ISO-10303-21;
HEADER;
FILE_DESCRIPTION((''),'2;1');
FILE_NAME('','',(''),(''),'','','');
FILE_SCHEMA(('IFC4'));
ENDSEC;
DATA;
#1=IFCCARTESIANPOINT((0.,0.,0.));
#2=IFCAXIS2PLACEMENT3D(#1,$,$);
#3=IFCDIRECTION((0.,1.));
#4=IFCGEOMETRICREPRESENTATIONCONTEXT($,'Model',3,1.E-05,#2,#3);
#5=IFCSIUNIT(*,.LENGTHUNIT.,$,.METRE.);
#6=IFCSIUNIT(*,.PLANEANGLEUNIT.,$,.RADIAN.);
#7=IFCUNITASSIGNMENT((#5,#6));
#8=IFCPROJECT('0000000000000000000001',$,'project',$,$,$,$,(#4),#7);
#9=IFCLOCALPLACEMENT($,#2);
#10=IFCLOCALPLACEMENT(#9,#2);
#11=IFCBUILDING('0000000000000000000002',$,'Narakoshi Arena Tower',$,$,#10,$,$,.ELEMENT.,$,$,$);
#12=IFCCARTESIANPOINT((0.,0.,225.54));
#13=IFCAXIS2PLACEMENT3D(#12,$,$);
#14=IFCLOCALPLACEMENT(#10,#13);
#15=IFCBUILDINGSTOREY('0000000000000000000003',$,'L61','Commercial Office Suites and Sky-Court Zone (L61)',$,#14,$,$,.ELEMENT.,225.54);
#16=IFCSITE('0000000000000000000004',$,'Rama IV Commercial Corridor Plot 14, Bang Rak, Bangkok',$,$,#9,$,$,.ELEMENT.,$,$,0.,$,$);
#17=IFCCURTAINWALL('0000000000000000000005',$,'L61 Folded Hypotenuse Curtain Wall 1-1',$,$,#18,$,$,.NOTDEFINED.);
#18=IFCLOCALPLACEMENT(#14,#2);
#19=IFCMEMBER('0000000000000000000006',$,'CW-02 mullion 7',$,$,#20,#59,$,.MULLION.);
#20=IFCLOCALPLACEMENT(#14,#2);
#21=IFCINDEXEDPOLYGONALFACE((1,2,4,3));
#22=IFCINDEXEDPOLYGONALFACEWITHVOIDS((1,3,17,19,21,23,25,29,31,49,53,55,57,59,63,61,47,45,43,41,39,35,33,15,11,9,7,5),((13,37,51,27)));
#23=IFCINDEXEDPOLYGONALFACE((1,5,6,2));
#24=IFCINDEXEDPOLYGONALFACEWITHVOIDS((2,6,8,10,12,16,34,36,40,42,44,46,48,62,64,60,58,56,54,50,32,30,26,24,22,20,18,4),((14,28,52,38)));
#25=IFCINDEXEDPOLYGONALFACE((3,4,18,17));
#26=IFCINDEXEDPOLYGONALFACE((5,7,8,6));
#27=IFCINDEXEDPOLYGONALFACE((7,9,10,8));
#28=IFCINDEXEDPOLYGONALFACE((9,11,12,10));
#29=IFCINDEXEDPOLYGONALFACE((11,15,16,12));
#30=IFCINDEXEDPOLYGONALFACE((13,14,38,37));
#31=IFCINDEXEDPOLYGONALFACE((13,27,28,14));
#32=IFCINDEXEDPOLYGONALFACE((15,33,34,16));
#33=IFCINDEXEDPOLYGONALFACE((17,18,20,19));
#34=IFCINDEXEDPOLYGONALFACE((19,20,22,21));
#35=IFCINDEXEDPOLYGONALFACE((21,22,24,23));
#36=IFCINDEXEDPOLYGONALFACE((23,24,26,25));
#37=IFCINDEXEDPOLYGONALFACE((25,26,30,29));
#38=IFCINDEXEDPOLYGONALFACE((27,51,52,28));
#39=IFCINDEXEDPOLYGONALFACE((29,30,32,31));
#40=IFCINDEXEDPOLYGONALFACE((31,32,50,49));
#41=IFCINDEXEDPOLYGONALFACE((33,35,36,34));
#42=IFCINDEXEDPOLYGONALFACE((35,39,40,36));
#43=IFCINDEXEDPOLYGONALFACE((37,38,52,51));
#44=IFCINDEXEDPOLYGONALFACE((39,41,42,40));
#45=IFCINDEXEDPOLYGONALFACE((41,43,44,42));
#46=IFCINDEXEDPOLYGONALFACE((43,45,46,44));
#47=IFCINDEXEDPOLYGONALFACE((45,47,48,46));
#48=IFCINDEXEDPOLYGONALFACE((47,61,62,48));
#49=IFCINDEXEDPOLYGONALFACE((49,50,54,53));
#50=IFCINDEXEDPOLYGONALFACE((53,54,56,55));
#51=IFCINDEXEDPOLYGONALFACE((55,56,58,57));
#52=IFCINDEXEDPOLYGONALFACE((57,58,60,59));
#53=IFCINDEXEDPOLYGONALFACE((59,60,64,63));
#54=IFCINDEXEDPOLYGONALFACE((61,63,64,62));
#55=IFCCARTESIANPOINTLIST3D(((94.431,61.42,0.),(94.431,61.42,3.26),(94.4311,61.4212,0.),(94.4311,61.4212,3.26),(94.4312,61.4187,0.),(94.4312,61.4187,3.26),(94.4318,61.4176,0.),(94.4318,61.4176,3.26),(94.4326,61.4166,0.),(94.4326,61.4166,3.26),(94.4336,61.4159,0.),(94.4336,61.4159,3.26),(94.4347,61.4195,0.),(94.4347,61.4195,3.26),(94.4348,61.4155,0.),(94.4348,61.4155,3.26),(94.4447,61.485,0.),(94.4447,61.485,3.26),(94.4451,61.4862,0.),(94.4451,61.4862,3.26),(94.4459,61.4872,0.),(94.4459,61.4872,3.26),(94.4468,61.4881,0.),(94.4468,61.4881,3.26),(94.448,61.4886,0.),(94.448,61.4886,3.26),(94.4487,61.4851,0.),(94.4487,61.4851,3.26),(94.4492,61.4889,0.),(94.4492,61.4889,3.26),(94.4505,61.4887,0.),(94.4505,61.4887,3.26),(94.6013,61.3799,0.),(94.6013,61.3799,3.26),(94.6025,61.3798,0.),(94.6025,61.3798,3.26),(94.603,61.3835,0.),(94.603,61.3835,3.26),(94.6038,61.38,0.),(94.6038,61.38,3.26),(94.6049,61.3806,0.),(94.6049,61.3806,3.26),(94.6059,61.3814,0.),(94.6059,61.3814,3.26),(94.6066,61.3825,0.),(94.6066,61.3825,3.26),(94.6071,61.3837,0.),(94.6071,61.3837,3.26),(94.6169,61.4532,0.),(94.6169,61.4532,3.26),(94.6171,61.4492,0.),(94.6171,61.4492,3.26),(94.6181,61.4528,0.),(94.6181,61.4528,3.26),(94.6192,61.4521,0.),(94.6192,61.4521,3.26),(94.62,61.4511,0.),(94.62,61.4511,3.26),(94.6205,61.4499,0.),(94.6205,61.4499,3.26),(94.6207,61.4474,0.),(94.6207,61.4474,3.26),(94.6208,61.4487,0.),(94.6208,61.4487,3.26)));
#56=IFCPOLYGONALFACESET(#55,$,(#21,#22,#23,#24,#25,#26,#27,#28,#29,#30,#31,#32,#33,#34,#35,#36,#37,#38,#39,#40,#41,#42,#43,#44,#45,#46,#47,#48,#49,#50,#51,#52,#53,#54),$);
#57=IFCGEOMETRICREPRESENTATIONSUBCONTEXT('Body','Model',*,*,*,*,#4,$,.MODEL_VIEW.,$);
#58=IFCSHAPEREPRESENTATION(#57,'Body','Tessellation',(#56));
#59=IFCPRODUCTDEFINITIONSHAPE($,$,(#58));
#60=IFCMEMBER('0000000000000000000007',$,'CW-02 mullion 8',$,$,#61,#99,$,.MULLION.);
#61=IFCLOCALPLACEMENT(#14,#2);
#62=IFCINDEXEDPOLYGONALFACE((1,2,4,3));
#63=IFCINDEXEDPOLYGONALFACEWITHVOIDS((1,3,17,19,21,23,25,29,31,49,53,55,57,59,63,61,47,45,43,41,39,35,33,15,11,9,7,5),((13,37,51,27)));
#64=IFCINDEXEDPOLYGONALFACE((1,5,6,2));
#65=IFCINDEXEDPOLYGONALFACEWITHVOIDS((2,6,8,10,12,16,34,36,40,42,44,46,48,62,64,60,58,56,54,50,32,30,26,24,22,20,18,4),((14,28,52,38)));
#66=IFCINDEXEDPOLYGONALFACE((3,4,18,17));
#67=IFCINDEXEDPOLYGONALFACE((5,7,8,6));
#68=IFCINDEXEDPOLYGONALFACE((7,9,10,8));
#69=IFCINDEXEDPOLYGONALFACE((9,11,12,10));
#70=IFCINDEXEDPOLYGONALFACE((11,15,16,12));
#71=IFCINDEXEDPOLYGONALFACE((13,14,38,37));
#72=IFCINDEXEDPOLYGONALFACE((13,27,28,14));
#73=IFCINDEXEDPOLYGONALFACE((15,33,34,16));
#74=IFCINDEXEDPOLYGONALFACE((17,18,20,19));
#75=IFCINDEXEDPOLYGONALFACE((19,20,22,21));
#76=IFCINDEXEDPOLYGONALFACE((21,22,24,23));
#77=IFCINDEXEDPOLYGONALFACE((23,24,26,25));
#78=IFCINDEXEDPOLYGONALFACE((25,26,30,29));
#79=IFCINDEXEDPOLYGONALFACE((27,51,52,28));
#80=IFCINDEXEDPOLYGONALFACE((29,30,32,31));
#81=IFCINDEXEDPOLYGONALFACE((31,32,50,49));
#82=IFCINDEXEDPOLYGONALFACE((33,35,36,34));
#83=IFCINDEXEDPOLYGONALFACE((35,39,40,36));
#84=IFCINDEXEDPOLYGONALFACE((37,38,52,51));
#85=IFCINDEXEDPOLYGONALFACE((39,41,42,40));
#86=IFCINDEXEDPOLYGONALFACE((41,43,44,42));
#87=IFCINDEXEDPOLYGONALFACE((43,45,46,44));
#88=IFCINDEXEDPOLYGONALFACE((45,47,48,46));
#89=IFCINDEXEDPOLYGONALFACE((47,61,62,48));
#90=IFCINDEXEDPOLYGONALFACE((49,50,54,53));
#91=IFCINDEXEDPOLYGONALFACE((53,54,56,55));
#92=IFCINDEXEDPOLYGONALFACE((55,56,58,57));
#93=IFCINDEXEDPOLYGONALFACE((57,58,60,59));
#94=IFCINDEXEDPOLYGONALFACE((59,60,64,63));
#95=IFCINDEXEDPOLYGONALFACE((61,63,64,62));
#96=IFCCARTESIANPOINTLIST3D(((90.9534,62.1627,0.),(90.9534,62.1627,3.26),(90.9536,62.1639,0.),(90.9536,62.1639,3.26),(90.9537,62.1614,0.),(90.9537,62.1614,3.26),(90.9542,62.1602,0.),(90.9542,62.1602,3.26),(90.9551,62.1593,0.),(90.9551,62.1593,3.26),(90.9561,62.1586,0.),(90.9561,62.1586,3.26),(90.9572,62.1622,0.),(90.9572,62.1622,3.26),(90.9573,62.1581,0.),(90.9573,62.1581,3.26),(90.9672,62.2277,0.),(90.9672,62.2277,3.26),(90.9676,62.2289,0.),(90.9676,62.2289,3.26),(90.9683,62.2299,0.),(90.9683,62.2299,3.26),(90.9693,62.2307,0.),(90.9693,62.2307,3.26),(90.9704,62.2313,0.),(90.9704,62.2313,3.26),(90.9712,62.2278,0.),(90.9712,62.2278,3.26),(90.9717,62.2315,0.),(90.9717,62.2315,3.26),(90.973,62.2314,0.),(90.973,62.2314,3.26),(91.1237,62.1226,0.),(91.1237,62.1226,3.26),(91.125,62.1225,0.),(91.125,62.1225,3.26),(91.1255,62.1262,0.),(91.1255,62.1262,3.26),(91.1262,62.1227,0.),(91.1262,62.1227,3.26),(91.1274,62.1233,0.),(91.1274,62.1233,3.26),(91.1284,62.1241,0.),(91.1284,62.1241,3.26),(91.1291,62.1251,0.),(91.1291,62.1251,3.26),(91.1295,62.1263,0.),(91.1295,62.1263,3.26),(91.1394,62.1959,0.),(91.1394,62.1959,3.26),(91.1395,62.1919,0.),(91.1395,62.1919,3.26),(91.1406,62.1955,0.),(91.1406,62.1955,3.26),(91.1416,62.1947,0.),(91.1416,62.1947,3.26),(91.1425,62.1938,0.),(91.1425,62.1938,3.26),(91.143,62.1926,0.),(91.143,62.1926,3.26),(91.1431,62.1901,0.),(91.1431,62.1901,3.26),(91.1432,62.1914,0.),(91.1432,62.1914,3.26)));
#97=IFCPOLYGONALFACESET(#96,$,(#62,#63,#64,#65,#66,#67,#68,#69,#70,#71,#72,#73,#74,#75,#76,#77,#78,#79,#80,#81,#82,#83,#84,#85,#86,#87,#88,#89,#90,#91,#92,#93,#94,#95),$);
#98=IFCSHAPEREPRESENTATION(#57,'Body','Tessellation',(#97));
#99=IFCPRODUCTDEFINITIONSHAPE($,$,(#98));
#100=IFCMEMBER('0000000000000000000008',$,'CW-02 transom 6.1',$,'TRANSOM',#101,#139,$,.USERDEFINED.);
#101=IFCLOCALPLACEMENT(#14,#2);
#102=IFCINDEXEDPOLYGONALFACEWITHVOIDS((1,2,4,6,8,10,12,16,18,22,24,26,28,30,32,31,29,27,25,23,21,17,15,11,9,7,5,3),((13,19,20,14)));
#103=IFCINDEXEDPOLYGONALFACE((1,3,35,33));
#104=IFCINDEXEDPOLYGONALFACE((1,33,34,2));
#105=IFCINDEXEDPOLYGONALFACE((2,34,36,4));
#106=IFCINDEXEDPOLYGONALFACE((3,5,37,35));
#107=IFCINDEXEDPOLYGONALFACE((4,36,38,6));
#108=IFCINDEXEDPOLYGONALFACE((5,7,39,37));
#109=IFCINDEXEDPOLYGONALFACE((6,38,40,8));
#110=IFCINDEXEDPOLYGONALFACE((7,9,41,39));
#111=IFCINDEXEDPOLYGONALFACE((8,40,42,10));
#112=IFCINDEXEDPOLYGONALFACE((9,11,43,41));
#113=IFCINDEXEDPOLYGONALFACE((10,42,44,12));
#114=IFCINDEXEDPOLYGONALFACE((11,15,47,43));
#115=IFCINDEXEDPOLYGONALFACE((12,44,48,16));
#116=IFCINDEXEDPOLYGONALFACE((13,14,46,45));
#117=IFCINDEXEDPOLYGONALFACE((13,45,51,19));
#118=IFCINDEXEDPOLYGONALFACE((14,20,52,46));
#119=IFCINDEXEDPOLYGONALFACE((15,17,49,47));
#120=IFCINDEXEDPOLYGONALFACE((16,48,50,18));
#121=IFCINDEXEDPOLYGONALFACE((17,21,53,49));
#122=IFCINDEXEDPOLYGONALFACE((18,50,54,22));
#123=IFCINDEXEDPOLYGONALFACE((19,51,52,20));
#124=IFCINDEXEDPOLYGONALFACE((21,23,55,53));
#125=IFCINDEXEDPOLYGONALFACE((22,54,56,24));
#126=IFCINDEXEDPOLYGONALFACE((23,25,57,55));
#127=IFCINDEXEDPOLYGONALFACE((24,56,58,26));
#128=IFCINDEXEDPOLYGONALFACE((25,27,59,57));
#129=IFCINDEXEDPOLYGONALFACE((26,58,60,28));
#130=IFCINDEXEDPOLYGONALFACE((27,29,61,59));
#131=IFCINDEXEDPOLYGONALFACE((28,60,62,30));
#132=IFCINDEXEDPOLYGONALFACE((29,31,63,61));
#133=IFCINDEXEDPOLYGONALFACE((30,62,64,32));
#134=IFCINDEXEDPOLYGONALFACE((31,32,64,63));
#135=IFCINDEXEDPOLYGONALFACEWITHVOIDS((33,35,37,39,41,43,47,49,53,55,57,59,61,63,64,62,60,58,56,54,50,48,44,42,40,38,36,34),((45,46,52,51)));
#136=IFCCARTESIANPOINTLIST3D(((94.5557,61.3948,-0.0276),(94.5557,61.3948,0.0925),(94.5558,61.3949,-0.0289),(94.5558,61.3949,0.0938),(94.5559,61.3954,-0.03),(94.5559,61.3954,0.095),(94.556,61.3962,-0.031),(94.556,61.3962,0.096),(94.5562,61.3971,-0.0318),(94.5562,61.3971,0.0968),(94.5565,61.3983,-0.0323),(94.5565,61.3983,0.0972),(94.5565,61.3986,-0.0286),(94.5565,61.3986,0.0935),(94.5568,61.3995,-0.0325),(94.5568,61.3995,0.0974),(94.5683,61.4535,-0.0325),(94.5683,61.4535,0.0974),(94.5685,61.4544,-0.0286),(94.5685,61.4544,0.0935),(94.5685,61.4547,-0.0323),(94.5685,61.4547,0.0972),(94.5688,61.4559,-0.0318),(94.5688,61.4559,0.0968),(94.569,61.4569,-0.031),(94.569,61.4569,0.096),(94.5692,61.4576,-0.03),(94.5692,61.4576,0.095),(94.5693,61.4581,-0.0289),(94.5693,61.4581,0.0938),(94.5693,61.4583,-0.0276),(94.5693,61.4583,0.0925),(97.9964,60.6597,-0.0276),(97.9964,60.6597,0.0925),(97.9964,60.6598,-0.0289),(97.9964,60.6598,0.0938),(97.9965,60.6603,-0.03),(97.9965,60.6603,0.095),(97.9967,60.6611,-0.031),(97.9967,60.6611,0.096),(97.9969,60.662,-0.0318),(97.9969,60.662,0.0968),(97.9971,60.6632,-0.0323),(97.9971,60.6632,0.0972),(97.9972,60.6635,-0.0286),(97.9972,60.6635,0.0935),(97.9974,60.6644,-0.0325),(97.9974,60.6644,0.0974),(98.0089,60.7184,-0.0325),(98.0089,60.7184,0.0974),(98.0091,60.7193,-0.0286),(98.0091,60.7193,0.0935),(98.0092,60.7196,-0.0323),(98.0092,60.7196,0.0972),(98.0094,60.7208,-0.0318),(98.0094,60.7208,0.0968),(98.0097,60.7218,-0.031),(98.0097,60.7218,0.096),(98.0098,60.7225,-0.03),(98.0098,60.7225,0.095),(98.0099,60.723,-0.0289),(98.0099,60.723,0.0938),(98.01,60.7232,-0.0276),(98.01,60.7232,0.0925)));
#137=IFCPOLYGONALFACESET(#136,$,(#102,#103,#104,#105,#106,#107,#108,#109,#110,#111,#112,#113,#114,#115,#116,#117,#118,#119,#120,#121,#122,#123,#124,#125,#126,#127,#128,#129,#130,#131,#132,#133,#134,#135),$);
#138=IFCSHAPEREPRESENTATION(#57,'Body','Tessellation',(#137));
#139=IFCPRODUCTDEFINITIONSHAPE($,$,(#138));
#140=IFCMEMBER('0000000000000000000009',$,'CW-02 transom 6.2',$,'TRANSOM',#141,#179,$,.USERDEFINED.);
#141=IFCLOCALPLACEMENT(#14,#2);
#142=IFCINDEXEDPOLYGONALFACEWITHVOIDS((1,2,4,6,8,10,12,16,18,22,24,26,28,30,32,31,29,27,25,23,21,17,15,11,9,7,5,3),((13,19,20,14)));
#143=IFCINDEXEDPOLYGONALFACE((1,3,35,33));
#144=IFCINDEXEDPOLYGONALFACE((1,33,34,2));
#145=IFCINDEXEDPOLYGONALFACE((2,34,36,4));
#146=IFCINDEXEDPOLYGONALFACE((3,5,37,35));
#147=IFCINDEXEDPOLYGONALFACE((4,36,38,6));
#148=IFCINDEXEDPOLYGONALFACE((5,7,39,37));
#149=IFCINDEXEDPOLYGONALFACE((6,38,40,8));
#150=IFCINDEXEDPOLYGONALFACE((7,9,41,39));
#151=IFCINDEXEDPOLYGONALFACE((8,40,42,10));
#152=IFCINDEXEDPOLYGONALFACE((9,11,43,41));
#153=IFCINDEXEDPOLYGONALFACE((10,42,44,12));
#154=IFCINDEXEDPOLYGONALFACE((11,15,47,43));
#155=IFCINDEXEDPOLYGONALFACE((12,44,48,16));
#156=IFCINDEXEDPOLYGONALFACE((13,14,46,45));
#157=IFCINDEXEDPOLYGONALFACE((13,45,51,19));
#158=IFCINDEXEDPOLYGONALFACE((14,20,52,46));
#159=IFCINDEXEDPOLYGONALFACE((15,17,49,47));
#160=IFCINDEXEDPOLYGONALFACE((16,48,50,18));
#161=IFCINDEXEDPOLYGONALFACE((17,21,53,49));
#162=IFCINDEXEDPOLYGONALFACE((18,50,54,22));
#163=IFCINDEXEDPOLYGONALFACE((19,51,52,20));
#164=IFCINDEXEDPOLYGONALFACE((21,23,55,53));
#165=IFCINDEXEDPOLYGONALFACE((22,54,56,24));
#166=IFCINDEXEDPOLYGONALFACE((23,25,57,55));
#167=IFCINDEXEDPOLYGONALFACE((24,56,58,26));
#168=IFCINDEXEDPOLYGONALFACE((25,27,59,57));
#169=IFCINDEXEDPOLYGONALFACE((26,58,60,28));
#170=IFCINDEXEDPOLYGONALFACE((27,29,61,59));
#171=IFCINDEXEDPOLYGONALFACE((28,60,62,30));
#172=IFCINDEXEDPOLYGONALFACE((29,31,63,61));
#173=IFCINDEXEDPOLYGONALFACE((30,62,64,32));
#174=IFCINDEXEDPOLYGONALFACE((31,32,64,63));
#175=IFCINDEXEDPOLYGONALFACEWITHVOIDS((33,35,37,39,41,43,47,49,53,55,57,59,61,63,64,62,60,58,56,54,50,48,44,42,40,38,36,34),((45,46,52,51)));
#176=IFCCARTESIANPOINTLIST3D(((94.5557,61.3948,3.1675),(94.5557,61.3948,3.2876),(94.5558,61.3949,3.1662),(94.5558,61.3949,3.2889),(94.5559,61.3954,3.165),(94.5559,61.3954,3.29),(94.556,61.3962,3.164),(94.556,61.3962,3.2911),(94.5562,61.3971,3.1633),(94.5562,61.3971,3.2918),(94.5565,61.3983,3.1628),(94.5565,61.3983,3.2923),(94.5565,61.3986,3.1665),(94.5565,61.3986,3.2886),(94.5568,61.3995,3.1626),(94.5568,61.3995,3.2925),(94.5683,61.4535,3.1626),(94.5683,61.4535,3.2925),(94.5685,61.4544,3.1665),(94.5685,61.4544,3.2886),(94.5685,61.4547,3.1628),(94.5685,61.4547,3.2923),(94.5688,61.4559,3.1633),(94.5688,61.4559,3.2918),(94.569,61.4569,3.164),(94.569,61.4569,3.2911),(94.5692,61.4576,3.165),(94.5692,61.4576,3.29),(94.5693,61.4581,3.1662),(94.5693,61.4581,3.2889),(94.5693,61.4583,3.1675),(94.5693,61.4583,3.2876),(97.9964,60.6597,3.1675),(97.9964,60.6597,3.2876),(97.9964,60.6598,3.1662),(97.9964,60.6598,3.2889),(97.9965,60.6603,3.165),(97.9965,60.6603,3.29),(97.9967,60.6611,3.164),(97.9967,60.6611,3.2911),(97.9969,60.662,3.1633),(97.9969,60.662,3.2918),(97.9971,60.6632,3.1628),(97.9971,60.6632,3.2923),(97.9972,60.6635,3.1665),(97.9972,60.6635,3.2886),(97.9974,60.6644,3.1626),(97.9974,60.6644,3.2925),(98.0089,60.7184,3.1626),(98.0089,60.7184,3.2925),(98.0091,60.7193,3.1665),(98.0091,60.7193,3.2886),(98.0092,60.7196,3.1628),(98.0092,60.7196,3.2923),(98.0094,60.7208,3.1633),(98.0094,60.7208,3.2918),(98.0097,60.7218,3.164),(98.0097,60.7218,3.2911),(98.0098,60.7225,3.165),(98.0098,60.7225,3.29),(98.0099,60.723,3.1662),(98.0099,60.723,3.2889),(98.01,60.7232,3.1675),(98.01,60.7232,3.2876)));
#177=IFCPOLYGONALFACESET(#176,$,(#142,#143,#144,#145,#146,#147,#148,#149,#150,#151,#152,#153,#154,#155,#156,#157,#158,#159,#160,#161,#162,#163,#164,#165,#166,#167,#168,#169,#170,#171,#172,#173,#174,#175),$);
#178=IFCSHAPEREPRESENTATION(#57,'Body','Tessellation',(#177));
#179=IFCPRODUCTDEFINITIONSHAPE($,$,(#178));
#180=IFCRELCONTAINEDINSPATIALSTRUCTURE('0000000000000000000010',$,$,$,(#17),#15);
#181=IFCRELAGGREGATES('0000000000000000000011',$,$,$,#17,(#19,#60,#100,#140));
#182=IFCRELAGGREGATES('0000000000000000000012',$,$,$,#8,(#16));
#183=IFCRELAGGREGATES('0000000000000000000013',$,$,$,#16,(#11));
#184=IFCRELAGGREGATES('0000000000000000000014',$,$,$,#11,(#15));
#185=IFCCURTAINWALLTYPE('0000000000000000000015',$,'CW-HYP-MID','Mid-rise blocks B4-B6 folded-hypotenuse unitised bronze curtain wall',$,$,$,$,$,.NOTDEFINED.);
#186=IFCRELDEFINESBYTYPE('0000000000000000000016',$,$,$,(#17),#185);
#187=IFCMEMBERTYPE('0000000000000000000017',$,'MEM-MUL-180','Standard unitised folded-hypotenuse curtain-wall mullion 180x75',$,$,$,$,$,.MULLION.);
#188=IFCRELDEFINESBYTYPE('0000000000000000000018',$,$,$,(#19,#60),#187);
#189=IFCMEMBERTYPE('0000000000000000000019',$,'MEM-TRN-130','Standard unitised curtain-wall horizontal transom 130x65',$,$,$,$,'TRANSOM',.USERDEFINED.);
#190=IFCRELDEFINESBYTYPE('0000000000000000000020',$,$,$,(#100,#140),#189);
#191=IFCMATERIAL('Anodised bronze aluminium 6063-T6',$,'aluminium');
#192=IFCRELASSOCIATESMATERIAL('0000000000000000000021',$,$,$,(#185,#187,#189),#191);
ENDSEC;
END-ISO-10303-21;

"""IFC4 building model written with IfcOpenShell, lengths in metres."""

from ifc_helpers import new_model, si_unit, direction, frame, origin, origin_2d, place, context, subcontext, project, spatial, hollow_rectangle, extrude, material, material_profile, profile_set, type_object, element, aggregate, save


model = new_model("IFC4")

# Units and contexts
model_context = context("Model", 3, precision=1e-05, world=origin(), true_north=direction((0.0, 1.0)))
body_context = subcontext(model_context, "Body", "Model", "MODEL_VIEW")
ifc_project = project(units=[si_unit("LENGTHUNIT", "METRE"), si_unit("PLANEANGLEUNIT", "RADIAN")], contexts=[model_context])

# Site, building, storey
site_placement = place(None, origin())
site = spatial("IfcSite", under=ifc_project, at=site_placement, Name="Rama IV Commercial Corridor Plot 14, Bang Rak, Bangkok", CompositionType="ELEMENT", RefElevation=0.0)
building_placement = place(site_placement, origin())
building = spatial("IfcBuilding", under=site, at=building_placement, Name="Narakoshi Arena Tower", CompositionType="ELEMENT")
storey_placement = place(building_placement, frame((0.0, 0.0, 225.54)))
storey = spatial("IfcBuildingStorey", under=building, at=storey_placement, Name="L61", Description="Commercial Office Suites and Sky-Court Zone (L61)", CompositionType="ELEMENT", Elevation=225.54)

# Curtain wall, members
ifc_material_1 = material(Name="Anodised bronze aluminium 6063-T6", Category="aluminium")
curtain_wall_type = type_object("IfcCurtainWallType", Name="CW-HYP-MID", Description="Mid-rise blocks B4-B6 folded-hypotenuse unitised bronze curtain wall", PredefinedType="NOTDEFINED", material=ifc_material_1)
curtain_wall_placement = place(storey_placement, origin())
curtain_wall = element("IfcCurtainWall", 1, at=curtain_wall_placement, inside=storey, type_object=curtain_wall_type, Name="L61 Folded Hypotenuse Curtain Wall 1-1", PredefinedType="NOTDEFINED")
ifc_material_profile_1 = material_profile(ifc_material_1, hollow_rectangle(XDim=0.075, YDim=0.1799, WallThickness=0.0039, OuterFilletRadius=0.0049, at=origin_2d()), Name="MUL180x75x4")
ifc_profile_set_1 = profile_set([ifc_material_profile_1], Name="Anodised bronze aluminium 6063-T6")
member_type_1 = type_object("IfcMemberType", Name="MEM-MUL-180", Description="Standard unitised folded-hypotenuse curtain-wall mullion 180x75", PredefinedType="MULLION", material=ifc_profile_set_1)
member_1_placement = place(storey_placement, frame((94.5259, 61.4343, 0.0), z_axis=(0.0, 0.0, 1.0), x_axis=(-0.208899, -0.977937, 0.0)))
member_1 = element("IfcMember", 2, at=member_1_placement, type_object=member_type_1, Name="CW-02 mullion 7", PredefinedType="MULLION", context=body_context, shape_type="SweptSolid", body=[
    extrude(hollow_rectangle(XDim=0.075, YDim=0.1799, WallThickness=0.0039, OuterFilletRadius=0.0049, at=origin_2d()), origin(), (0.0, 0.0, 1.0), 3.26),
])
member_2_placement = place(storey_placement, frame((91.0483, 62.177, 0.0), z_axis=(0.0, 0.0, 1.0), x_axis=(-0.208899, -0.977937, 0.0)))
member_2 = element("IfcMember", 3, at=member_2_placement, type_object=member_type_1, Name="CW-02 mullion 8", PredefinedType="MULLION", context=body_context, shape_type="SweptSolid", body=[
    extrude(hollow_rectangle(XDim=0.075, YDim=0.1799, WallThickness=0.0039, OuterFilletRadius=0.0049, at=origin_2d()), origin(), (0.0, 0.0, 1.0), 3.26),
])
ifc_material_profile_2 = material_profile(ifc_material_1, hollow_rectangle(XDim=0.0649, YDim=0.1299, WallThickness=0.0039, OuterFilletRadius=0.0049, at=origin_2d()), Name="TRN130x65x4")
ifc_profile_set_2 = profile_set([ifc_material_profile_2], Name="Anodised bronze aluminium 6063-T6")
member_type_2 = type_object("IfcMemberType", Name="MEM-TRN-130", Description="Standard unitised curtain-wall horizontal transom 130x65", ElementType="TRANSOM", PredefinedType="USERDEFINED", material=ifc_profile_set_2)
member_3_placement = place(storey_placement, frame((98.0032, 60.6914, 0.0325), z_axis=(-0.977929, 0.208937, 0.0), x_axis=(-0.208937, -0.977929, 0.0)))
member_3 = element("IfcMember", 4, at=member_3_placement, type_object=member_type_2, Name="CW-02 transom 6.1", ObjectType="TRANSOM", PredefinedType="USERDEFINED", context=body_context, shape_type="SweptSolid", body=[
    extrude(hollow_rectangle(XDim=0.0649, YDim=0.1299, WallThickness=0.0039, OuterFilletRadius=0.0049, at=origin_2d()), origin(), (0.0, 0.0, 1.0), 3.5183),
])
member_4_placement = place(storey_placement, frame((98.0032, 60.6914, 3.2275), z_axis=(-0.977929, 0.208937, 0.0), x_axis=(-0.208937, -0.977929, 0.0)))
member_4 = element("IfcMember", 5, at=member_4_placement, type_object=member_type_2, Name="CW-02 transom 6.2", ObjectType="TRANSOM", PredefinedType="USERDEFINED", context=body_context, shape_type="SweptSolid", body=[
    extrude(hollow_rectangle(XDim=0.0649, YDim=0.1299, WallThickness=0.0039, OuterFilletRadius=0.0049, at=origin_2d()), origin(), (0.0, 0.0, 1.0), 3.5183),
])
aggregate(curtain_wall, [member_1, member_2, member_3, member_4])

save(model, "model.ifc")
